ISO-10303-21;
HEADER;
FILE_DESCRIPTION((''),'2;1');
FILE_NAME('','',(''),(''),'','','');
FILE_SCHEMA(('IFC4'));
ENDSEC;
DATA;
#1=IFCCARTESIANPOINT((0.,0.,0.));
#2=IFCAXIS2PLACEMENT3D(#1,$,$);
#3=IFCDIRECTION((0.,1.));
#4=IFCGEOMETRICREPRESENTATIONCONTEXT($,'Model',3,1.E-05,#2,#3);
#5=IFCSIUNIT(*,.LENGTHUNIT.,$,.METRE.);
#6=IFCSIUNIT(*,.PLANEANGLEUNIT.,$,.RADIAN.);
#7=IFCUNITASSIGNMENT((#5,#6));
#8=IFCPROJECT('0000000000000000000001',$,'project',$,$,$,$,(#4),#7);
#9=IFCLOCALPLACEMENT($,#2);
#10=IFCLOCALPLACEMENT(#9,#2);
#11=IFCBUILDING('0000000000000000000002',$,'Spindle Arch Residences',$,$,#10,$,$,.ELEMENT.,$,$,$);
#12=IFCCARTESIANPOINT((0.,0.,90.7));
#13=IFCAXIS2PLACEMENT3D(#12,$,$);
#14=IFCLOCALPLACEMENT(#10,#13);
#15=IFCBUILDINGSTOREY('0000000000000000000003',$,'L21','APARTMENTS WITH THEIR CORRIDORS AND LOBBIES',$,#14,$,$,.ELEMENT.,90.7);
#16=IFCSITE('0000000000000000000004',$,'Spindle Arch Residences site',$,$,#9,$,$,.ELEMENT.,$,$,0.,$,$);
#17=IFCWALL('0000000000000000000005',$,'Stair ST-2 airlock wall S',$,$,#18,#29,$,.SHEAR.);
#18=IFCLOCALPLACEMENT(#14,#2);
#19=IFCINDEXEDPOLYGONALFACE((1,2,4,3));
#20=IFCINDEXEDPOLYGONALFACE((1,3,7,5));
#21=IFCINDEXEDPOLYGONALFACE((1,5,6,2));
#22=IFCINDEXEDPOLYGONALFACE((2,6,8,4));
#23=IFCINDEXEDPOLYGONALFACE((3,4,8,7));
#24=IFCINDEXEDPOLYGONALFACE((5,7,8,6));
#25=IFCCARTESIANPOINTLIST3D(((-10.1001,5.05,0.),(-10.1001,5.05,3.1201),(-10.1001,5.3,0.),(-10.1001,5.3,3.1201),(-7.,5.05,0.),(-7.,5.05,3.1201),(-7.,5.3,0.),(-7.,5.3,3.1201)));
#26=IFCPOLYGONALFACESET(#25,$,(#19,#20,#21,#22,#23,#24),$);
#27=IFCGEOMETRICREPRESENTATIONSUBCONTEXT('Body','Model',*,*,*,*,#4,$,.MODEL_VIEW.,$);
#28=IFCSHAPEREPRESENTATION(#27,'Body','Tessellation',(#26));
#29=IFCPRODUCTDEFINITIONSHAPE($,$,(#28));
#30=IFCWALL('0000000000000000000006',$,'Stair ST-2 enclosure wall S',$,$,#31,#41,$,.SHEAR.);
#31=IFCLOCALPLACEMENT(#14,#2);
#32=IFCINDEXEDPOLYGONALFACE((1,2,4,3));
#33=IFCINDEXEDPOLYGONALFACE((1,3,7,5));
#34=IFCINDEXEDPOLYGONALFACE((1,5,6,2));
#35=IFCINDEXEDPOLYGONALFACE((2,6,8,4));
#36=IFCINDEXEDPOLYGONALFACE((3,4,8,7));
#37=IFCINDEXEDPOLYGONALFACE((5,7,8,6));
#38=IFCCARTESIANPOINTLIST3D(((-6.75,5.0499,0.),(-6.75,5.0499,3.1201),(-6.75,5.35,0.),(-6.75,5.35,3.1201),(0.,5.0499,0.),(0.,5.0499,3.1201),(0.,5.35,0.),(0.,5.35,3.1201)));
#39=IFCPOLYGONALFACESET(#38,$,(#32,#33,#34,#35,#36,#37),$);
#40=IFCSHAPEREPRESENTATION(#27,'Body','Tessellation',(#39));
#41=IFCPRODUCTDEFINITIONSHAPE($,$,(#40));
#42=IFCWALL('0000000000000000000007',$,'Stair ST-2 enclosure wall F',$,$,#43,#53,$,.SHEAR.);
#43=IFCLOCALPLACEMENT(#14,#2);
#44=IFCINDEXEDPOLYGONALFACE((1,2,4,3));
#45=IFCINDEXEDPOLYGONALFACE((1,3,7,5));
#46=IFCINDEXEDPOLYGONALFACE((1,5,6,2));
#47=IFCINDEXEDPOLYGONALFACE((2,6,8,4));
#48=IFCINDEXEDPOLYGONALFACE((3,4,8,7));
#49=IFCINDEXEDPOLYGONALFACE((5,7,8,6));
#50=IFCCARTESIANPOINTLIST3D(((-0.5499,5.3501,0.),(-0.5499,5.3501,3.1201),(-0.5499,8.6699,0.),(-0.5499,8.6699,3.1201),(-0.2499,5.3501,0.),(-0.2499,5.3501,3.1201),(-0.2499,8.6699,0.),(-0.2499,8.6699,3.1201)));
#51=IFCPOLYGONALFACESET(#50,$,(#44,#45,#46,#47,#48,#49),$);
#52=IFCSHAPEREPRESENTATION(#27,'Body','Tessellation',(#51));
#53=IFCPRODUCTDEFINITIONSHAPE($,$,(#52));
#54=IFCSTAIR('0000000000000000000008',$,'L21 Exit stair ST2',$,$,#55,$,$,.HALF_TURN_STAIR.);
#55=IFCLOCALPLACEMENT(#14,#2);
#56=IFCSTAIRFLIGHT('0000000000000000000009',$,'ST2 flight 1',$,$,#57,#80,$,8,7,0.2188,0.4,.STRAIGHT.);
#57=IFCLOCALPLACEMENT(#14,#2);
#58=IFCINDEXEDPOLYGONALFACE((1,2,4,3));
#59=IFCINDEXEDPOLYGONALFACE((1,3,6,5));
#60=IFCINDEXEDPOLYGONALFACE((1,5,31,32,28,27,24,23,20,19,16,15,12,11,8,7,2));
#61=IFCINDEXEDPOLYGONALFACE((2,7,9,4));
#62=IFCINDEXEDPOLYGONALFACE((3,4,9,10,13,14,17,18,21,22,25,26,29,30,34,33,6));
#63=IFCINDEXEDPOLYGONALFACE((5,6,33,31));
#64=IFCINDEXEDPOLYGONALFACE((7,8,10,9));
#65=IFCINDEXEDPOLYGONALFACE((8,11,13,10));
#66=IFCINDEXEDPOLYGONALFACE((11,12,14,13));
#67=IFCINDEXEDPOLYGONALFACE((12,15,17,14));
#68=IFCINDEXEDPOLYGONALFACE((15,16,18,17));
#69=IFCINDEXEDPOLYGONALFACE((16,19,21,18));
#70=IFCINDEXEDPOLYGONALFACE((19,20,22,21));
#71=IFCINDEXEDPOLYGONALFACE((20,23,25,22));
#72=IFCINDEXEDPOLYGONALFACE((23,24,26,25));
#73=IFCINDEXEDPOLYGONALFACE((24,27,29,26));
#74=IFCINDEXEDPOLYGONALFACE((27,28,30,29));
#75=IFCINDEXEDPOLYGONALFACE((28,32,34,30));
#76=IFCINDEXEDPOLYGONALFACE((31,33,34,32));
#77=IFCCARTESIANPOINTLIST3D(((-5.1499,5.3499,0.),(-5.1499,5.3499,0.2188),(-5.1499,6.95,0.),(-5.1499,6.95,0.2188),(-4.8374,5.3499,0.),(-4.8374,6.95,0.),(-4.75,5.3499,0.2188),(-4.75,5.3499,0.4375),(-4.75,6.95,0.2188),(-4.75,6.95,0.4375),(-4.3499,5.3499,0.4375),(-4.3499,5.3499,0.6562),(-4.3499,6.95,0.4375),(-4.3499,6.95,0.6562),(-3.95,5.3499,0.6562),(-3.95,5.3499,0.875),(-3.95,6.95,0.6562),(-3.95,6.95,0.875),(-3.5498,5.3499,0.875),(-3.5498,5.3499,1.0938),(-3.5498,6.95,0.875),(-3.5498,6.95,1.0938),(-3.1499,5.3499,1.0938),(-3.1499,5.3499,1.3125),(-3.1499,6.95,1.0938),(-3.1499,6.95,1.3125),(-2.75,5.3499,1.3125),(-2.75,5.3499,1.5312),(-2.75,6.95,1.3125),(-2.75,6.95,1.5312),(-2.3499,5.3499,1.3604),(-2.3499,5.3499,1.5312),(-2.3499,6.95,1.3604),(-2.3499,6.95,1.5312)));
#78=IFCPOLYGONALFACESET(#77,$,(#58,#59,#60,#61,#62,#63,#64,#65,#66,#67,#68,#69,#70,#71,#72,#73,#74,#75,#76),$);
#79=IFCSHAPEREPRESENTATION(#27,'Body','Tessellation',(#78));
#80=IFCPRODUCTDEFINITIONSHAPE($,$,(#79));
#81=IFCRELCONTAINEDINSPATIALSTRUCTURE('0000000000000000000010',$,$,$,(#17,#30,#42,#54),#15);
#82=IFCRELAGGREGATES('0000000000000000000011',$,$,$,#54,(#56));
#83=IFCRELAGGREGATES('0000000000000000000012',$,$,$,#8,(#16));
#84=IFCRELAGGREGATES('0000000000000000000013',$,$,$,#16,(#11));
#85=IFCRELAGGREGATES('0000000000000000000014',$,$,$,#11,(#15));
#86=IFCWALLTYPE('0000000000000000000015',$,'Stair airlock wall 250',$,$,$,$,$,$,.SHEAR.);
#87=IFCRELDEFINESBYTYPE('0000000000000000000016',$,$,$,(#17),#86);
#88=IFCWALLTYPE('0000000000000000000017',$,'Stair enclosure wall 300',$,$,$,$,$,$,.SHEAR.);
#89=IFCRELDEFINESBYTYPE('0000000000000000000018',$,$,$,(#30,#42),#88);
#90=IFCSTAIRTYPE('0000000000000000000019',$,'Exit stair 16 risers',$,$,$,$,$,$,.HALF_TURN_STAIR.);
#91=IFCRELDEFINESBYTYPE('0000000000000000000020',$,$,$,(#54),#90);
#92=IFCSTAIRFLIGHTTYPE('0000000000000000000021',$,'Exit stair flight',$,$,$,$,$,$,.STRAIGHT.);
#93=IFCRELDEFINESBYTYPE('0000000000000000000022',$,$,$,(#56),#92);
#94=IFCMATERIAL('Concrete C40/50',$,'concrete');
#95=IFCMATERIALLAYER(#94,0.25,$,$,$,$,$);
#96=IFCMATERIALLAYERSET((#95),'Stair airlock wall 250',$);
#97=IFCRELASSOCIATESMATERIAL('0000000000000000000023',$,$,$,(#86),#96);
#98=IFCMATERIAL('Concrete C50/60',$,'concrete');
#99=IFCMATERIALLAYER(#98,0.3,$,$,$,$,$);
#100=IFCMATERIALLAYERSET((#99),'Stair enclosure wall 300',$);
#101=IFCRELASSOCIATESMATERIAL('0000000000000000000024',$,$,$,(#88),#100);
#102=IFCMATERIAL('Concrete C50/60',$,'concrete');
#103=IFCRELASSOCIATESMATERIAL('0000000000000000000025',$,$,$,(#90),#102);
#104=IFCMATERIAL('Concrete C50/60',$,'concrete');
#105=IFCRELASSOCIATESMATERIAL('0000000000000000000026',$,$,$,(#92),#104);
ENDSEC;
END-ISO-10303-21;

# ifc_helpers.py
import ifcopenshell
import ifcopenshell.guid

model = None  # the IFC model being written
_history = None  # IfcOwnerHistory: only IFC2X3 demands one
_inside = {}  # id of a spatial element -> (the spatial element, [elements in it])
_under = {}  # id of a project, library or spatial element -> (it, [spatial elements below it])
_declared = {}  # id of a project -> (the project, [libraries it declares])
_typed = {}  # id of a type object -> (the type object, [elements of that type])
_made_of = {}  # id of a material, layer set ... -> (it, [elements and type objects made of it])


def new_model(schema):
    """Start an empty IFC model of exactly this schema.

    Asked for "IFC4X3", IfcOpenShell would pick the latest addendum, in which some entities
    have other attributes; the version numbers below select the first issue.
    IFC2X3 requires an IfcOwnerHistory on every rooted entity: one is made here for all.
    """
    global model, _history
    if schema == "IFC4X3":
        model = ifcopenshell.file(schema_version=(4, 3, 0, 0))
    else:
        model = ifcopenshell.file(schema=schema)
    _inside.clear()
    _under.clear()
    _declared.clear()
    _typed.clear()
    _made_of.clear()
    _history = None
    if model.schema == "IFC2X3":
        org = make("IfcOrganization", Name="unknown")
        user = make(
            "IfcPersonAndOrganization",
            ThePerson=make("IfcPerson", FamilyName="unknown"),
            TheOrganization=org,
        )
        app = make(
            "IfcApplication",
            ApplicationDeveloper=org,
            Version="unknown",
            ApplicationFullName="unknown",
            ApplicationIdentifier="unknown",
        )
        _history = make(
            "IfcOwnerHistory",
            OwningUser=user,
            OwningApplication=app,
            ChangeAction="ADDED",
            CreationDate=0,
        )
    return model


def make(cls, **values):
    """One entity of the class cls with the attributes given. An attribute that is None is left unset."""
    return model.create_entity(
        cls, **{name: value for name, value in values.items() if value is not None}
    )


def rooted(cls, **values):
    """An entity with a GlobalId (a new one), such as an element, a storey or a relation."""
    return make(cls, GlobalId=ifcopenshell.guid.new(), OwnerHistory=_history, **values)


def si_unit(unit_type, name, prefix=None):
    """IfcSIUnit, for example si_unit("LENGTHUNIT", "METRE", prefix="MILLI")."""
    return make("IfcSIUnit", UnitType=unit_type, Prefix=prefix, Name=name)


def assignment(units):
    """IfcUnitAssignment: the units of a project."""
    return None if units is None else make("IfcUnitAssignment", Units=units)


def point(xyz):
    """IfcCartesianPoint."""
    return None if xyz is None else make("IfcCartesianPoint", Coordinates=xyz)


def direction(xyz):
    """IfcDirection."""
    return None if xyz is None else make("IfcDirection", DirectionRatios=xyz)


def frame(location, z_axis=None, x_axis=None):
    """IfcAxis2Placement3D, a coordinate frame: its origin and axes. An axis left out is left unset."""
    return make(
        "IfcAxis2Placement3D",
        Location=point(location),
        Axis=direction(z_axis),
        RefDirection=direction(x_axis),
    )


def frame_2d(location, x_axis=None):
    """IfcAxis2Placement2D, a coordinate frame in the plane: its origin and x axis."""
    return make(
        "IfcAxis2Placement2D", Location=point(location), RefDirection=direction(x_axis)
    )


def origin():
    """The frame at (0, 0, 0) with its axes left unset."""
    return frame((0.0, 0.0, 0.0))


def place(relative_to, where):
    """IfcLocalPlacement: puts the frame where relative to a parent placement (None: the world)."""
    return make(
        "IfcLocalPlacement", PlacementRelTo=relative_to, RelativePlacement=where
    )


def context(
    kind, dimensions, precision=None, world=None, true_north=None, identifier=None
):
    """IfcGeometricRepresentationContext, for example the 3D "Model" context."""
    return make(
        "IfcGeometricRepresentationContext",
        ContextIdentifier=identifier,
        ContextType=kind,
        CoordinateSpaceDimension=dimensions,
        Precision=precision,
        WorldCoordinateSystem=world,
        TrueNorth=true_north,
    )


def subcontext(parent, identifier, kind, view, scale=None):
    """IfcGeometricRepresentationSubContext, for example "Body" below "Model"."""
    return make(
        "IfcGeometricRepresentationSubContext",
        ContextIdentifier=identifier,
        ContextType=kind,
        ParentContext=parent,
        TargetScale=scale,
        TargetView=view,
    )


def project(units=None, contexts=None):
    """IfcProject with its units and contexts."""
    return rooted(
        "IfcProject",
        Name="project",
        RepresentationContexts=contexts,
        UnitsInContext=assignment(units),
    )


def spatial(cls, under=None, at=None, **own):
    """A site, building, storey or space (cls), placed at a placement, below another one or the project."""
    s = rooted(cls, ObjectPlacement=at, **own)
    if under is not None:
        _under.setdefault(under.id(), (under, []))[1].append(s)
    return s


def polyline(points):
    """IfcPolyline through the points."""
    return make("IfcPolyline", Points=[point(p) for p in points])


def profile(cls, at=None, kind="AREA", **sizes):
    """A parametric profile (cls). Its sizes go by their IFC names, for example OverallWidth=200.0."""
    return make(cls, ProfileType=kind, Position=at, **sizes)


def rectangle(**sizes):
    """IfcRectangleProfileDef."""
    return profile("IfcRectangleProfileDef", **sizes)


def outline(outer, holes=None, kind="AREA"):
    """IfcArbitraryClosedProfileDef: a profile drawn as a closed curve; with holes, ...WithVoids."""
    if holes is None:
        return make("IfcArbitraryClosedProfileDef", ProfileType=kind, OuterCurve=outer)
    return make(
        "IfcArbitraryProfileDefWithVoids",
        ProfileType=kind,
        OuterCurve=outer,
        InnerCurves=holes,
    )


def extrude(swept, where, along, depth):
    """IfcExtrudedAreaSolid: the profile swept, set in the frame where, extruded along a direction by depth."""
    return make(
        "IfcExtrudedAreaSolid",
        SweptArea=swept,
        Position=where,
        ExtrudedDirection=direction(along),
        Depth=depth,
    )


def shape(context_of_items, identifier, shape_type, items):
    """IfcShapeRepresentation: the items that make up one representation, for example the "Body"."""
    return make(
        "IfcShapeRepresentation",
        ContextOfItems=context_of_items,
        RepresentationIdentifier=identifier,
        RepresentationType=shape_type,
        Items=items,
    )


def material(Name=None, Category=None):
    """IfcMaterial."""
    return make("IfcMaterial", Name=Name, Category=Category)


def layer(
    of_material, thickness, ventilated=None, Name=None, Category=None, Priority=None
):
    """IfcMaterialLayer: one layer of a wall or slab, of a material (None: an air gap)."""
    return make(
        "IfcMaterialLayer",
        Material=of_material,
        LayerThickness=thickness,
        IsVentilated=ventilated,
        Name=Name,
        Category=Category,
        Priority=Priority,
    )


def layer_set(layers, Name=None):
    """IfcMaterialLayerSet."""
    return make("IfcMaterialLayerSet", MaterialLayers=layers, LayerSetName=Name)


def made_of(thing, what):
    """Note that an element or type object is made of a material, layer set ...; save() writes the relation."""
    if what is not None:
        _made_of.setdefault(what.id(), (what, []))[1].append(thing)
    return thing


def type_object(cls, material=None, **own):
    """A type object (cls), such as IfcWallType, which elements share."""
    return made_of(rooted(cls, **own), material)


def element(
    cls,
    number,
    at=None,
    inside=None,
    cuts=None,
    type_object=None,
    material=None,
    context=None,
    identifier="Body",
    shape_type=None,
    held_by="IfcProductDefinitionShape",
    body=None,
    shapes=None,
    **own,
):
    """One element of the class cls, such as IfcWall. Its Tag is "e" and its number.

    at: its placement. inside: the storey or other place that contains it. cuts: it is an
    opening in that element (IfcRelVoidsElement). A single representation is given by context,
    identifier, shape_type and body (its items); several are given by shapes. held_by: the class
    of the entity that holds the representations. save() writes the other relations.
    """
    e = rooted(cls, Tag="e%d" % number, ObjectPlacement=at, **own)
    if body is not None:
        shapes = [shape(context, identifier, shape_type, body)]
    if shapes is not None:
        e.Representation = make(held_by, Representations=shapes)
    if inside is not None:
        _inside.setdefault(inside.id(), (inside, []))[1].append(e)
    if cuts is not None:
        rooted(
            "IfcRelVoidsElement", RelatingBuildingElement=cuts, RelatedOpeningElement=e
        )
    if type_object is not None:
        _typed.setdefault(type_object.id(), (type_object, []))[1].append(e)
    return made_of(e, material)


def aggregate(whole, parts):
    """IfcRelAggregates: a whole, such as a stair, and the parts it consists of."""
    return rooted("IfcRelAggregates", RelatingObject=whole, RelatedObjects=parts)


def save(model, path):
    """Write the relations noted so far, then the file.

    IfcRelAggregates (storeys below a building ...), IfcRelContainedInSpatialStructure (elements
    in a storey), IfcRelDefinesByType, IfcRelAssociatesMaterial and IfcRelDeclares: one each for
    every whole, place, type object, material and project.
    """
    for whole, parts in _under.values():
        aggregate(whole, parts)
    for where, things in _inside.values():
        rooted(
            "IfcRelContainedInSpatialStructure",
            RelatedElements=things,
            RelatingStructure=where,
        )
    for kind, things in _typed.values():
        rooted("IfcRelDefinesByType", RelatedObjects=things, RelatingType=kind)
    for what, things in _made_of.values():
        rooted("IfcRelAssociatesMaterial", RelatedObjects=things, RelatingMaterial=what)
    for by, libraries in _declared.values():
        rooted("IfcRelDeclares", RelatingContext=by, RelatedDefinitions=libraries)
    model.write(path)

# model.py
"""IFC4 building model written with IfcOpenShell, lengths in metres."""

from ifc_helpers import new_model, si_unit, direction, frame, frame_2d, origin, place, context, subcontext, project, spatial, polyline, rectangle, outline, extrude, material, layer, layer_set, type_object, element, aggregate, save


model = new_model("IFC4")

# Units and contexts
model_context = context("Model", 3, precision=1e-05, world=origin(), true_north=direction((0.0, 1.0)))
body_context = subcontext(model_context, "Body", "Model", "MODEL_VIEW")
ifc_project = project(units=[si_unit("LENGTHUNIT", "METRE"), si_unit("PLANEANGLEUNIT", "RADIAN")], contexts=[model_context])

# Site, building, storey
site_placement = place(None, origin())
site = spatial("IfcSite", under=ifc_project, at=site_placement, Name="Spindle Arch Residences site", CompositionType="ELEMENT", RefElevation=0.0)
building_placement = place(site_placement, origin())
building = spatial("IfcBuilding", under=site, at=building_placement, Name="Spindle Arch Residences", CompositionType="ELEMENT")
storey_placement = place(building_placement, frame((0.0, 0.0, 90.7)))
storey = spatial("IfcBuildingStorey", under=building, at=storey_placement, Name="L21", Description="APARTMENTS WITH THEIR CORRIDORS AND LOBBIES", CompositionType="ELEMENT", Elevation=90.7)

# Walls
ifc_material_1 = material(Name="Concrete C40/50", Category="concrete")
ifc_layer_1 = layer(ifc_material_1, 0.25)
ifc_layer_set_1 = layer_set([ifc_layer_1], Name="Stair airlock wall 250")
wall_type_1 = type_object("IfcWallType", Name="Stair airlock wall 250", PredefinedType="SHEAR", material=ifc_layer_set_1)
wall_1_placement = place(storey_placement, frame((-7.0, 5.175, 0.0), z_axis=(0.0, 0.0, 1.0), x_axis=(-1.0, 0.0, 0.0)))
element("IfcWall", 1, at=wall_1_placement, inside=storey, type_object=wall_type_1, Name="Stair ST-2 airlock wall S", PredefinedType="SHEAR", context=body_context, shape_type="SweptSolid", body=[
    extrude(rectangle(XDim=3.1001, YDim=0.25, at=frame_2d((1.55, 0.0))), origin(), (0.0, 0.0, 1.0), 3.1201),
])
ifc_material_2 = material(Name="Concrete C50/60", Category="concrete")
ifc_layer_2 = layer(ifc_material_2, 0.3)
ifc_layer_set_2 = layer_set([ifc_layer_2], Name="Stair enclosure wall 300")
wall_type_2 = type_object("IfcWallType", Name="Stair enclosure wall 300", PredefinedType="SHEAR", material=ifc_layer_set_2)
wall_2_placement = place(storey_placement, frame((-6.75, 5.2, 0.0), z_axis=(0.0, 0.0, 1.0), x_axis=(1.0, 0.0, 0.0)))
element("IfcWall", 2, at=wall_2_placement, inside=storey, type_object=wall_type_2, Name="Stair ST-2 enclosure wall S", PredefinedType="SHEAR", context=body_context, shape_type="SweptSolid", body=[
    extrude(rectangle(XDim=6.75, YDim=0.3, at=frame_2d((3.375, 0.0))), origin(), (0.0, 0.0, 1.0), 3.1201),
])
wall_3_placement = place(storey_placement, frame((-0.3999, 5.3501, 0.0), z_axis=(0.0, 0.0, 1.0), x_axis=(0.0, 1.0, 0.0)))
element("IfcWall", 3, at=wall_3_placement, inside=storey, type_object=wall_type_2, Name="Stair ST-2 enclosure wall F", PredefinedType="SHEAR", context=body_context, shape_type="SweptSolid", body=[
    extrude(rectangle(XDim=3.3198, YDim=0.3, at=frame_2d((1.6599, 0.0))), origin(), (0.0, 0.0, 1.0), 3.1201),
])

# Stair, stair flight
ifc_material_3 = material(Name="Concrete C50/60", Category="concrete")
stair_type = type_object("IfcStairType", Name="Exit stair 16 risers", PredefinedType="HALF_TURN_STAIR", material=ifc_material_3)
stair_placement = place(storey_placement, origin())
stair = element("IfcStair", 4, at=stair_placement, inside=storey, type_object=stair_type, Name="L21 Exit stair ST2", PredefinedType="HALF_TURN_STAIR")
ifc_material_4 = material(Name="Concrete C50/60", Category="concrete")
stair_flight_type = type_object("IfcStairFlightType", Name="Exit stair flight", PredefinedType="STRAIGHT", material=ifc_material_4)
stair_flight_placement = place(storey_placement, frame((-5.1499, 6.1499, 0.0), z_axis=(0.0, 0.0, 1.0), x_axis=(1.0, 0.0, 0.0)))
stair_flight = element("IfcStairFlight", 5, at=stair_flight_placement, type_object=stair_flight_type, Name="ST2 flight 1", NumberOfRisers=8, NumberOfTreads=7, PredefinedType="STRAIGHT", RiserHeight=0.2188, TreadLength=0.4, context=body_context, shape_type="SweptSolid", body=[
    extrude(outline(polyline([(0.0, 0.0), (0.0, 0.2188), (0.3999, 0.2188), (0.3999, 0.4375), (0.8, 0.4375), (0.8, 0.6562), (1.2, 0.6562), (1.2, 0.875), (1.6001, 0.875), (1.6001, 1.0938), (2.0, 1.0938), (2.0, 1.3125), (2.3999, 1.3125), (2.3999, 1.5312), (2.8, 1.5312), (2.8, 1.75), (2.8, 1.3604), (0.3125, 0.0), (0.0, 0.0)])), frame((0.0, 0.8, 0.0), z_axis=(0.0, -1.0, 0.0), x_axis=(1.0, 0.0, 0.0)), (0.0, 0.0, 1.0), 1.6001),
])
aggregate(stair, [stair_flight])

save(model, "model.ifc")
